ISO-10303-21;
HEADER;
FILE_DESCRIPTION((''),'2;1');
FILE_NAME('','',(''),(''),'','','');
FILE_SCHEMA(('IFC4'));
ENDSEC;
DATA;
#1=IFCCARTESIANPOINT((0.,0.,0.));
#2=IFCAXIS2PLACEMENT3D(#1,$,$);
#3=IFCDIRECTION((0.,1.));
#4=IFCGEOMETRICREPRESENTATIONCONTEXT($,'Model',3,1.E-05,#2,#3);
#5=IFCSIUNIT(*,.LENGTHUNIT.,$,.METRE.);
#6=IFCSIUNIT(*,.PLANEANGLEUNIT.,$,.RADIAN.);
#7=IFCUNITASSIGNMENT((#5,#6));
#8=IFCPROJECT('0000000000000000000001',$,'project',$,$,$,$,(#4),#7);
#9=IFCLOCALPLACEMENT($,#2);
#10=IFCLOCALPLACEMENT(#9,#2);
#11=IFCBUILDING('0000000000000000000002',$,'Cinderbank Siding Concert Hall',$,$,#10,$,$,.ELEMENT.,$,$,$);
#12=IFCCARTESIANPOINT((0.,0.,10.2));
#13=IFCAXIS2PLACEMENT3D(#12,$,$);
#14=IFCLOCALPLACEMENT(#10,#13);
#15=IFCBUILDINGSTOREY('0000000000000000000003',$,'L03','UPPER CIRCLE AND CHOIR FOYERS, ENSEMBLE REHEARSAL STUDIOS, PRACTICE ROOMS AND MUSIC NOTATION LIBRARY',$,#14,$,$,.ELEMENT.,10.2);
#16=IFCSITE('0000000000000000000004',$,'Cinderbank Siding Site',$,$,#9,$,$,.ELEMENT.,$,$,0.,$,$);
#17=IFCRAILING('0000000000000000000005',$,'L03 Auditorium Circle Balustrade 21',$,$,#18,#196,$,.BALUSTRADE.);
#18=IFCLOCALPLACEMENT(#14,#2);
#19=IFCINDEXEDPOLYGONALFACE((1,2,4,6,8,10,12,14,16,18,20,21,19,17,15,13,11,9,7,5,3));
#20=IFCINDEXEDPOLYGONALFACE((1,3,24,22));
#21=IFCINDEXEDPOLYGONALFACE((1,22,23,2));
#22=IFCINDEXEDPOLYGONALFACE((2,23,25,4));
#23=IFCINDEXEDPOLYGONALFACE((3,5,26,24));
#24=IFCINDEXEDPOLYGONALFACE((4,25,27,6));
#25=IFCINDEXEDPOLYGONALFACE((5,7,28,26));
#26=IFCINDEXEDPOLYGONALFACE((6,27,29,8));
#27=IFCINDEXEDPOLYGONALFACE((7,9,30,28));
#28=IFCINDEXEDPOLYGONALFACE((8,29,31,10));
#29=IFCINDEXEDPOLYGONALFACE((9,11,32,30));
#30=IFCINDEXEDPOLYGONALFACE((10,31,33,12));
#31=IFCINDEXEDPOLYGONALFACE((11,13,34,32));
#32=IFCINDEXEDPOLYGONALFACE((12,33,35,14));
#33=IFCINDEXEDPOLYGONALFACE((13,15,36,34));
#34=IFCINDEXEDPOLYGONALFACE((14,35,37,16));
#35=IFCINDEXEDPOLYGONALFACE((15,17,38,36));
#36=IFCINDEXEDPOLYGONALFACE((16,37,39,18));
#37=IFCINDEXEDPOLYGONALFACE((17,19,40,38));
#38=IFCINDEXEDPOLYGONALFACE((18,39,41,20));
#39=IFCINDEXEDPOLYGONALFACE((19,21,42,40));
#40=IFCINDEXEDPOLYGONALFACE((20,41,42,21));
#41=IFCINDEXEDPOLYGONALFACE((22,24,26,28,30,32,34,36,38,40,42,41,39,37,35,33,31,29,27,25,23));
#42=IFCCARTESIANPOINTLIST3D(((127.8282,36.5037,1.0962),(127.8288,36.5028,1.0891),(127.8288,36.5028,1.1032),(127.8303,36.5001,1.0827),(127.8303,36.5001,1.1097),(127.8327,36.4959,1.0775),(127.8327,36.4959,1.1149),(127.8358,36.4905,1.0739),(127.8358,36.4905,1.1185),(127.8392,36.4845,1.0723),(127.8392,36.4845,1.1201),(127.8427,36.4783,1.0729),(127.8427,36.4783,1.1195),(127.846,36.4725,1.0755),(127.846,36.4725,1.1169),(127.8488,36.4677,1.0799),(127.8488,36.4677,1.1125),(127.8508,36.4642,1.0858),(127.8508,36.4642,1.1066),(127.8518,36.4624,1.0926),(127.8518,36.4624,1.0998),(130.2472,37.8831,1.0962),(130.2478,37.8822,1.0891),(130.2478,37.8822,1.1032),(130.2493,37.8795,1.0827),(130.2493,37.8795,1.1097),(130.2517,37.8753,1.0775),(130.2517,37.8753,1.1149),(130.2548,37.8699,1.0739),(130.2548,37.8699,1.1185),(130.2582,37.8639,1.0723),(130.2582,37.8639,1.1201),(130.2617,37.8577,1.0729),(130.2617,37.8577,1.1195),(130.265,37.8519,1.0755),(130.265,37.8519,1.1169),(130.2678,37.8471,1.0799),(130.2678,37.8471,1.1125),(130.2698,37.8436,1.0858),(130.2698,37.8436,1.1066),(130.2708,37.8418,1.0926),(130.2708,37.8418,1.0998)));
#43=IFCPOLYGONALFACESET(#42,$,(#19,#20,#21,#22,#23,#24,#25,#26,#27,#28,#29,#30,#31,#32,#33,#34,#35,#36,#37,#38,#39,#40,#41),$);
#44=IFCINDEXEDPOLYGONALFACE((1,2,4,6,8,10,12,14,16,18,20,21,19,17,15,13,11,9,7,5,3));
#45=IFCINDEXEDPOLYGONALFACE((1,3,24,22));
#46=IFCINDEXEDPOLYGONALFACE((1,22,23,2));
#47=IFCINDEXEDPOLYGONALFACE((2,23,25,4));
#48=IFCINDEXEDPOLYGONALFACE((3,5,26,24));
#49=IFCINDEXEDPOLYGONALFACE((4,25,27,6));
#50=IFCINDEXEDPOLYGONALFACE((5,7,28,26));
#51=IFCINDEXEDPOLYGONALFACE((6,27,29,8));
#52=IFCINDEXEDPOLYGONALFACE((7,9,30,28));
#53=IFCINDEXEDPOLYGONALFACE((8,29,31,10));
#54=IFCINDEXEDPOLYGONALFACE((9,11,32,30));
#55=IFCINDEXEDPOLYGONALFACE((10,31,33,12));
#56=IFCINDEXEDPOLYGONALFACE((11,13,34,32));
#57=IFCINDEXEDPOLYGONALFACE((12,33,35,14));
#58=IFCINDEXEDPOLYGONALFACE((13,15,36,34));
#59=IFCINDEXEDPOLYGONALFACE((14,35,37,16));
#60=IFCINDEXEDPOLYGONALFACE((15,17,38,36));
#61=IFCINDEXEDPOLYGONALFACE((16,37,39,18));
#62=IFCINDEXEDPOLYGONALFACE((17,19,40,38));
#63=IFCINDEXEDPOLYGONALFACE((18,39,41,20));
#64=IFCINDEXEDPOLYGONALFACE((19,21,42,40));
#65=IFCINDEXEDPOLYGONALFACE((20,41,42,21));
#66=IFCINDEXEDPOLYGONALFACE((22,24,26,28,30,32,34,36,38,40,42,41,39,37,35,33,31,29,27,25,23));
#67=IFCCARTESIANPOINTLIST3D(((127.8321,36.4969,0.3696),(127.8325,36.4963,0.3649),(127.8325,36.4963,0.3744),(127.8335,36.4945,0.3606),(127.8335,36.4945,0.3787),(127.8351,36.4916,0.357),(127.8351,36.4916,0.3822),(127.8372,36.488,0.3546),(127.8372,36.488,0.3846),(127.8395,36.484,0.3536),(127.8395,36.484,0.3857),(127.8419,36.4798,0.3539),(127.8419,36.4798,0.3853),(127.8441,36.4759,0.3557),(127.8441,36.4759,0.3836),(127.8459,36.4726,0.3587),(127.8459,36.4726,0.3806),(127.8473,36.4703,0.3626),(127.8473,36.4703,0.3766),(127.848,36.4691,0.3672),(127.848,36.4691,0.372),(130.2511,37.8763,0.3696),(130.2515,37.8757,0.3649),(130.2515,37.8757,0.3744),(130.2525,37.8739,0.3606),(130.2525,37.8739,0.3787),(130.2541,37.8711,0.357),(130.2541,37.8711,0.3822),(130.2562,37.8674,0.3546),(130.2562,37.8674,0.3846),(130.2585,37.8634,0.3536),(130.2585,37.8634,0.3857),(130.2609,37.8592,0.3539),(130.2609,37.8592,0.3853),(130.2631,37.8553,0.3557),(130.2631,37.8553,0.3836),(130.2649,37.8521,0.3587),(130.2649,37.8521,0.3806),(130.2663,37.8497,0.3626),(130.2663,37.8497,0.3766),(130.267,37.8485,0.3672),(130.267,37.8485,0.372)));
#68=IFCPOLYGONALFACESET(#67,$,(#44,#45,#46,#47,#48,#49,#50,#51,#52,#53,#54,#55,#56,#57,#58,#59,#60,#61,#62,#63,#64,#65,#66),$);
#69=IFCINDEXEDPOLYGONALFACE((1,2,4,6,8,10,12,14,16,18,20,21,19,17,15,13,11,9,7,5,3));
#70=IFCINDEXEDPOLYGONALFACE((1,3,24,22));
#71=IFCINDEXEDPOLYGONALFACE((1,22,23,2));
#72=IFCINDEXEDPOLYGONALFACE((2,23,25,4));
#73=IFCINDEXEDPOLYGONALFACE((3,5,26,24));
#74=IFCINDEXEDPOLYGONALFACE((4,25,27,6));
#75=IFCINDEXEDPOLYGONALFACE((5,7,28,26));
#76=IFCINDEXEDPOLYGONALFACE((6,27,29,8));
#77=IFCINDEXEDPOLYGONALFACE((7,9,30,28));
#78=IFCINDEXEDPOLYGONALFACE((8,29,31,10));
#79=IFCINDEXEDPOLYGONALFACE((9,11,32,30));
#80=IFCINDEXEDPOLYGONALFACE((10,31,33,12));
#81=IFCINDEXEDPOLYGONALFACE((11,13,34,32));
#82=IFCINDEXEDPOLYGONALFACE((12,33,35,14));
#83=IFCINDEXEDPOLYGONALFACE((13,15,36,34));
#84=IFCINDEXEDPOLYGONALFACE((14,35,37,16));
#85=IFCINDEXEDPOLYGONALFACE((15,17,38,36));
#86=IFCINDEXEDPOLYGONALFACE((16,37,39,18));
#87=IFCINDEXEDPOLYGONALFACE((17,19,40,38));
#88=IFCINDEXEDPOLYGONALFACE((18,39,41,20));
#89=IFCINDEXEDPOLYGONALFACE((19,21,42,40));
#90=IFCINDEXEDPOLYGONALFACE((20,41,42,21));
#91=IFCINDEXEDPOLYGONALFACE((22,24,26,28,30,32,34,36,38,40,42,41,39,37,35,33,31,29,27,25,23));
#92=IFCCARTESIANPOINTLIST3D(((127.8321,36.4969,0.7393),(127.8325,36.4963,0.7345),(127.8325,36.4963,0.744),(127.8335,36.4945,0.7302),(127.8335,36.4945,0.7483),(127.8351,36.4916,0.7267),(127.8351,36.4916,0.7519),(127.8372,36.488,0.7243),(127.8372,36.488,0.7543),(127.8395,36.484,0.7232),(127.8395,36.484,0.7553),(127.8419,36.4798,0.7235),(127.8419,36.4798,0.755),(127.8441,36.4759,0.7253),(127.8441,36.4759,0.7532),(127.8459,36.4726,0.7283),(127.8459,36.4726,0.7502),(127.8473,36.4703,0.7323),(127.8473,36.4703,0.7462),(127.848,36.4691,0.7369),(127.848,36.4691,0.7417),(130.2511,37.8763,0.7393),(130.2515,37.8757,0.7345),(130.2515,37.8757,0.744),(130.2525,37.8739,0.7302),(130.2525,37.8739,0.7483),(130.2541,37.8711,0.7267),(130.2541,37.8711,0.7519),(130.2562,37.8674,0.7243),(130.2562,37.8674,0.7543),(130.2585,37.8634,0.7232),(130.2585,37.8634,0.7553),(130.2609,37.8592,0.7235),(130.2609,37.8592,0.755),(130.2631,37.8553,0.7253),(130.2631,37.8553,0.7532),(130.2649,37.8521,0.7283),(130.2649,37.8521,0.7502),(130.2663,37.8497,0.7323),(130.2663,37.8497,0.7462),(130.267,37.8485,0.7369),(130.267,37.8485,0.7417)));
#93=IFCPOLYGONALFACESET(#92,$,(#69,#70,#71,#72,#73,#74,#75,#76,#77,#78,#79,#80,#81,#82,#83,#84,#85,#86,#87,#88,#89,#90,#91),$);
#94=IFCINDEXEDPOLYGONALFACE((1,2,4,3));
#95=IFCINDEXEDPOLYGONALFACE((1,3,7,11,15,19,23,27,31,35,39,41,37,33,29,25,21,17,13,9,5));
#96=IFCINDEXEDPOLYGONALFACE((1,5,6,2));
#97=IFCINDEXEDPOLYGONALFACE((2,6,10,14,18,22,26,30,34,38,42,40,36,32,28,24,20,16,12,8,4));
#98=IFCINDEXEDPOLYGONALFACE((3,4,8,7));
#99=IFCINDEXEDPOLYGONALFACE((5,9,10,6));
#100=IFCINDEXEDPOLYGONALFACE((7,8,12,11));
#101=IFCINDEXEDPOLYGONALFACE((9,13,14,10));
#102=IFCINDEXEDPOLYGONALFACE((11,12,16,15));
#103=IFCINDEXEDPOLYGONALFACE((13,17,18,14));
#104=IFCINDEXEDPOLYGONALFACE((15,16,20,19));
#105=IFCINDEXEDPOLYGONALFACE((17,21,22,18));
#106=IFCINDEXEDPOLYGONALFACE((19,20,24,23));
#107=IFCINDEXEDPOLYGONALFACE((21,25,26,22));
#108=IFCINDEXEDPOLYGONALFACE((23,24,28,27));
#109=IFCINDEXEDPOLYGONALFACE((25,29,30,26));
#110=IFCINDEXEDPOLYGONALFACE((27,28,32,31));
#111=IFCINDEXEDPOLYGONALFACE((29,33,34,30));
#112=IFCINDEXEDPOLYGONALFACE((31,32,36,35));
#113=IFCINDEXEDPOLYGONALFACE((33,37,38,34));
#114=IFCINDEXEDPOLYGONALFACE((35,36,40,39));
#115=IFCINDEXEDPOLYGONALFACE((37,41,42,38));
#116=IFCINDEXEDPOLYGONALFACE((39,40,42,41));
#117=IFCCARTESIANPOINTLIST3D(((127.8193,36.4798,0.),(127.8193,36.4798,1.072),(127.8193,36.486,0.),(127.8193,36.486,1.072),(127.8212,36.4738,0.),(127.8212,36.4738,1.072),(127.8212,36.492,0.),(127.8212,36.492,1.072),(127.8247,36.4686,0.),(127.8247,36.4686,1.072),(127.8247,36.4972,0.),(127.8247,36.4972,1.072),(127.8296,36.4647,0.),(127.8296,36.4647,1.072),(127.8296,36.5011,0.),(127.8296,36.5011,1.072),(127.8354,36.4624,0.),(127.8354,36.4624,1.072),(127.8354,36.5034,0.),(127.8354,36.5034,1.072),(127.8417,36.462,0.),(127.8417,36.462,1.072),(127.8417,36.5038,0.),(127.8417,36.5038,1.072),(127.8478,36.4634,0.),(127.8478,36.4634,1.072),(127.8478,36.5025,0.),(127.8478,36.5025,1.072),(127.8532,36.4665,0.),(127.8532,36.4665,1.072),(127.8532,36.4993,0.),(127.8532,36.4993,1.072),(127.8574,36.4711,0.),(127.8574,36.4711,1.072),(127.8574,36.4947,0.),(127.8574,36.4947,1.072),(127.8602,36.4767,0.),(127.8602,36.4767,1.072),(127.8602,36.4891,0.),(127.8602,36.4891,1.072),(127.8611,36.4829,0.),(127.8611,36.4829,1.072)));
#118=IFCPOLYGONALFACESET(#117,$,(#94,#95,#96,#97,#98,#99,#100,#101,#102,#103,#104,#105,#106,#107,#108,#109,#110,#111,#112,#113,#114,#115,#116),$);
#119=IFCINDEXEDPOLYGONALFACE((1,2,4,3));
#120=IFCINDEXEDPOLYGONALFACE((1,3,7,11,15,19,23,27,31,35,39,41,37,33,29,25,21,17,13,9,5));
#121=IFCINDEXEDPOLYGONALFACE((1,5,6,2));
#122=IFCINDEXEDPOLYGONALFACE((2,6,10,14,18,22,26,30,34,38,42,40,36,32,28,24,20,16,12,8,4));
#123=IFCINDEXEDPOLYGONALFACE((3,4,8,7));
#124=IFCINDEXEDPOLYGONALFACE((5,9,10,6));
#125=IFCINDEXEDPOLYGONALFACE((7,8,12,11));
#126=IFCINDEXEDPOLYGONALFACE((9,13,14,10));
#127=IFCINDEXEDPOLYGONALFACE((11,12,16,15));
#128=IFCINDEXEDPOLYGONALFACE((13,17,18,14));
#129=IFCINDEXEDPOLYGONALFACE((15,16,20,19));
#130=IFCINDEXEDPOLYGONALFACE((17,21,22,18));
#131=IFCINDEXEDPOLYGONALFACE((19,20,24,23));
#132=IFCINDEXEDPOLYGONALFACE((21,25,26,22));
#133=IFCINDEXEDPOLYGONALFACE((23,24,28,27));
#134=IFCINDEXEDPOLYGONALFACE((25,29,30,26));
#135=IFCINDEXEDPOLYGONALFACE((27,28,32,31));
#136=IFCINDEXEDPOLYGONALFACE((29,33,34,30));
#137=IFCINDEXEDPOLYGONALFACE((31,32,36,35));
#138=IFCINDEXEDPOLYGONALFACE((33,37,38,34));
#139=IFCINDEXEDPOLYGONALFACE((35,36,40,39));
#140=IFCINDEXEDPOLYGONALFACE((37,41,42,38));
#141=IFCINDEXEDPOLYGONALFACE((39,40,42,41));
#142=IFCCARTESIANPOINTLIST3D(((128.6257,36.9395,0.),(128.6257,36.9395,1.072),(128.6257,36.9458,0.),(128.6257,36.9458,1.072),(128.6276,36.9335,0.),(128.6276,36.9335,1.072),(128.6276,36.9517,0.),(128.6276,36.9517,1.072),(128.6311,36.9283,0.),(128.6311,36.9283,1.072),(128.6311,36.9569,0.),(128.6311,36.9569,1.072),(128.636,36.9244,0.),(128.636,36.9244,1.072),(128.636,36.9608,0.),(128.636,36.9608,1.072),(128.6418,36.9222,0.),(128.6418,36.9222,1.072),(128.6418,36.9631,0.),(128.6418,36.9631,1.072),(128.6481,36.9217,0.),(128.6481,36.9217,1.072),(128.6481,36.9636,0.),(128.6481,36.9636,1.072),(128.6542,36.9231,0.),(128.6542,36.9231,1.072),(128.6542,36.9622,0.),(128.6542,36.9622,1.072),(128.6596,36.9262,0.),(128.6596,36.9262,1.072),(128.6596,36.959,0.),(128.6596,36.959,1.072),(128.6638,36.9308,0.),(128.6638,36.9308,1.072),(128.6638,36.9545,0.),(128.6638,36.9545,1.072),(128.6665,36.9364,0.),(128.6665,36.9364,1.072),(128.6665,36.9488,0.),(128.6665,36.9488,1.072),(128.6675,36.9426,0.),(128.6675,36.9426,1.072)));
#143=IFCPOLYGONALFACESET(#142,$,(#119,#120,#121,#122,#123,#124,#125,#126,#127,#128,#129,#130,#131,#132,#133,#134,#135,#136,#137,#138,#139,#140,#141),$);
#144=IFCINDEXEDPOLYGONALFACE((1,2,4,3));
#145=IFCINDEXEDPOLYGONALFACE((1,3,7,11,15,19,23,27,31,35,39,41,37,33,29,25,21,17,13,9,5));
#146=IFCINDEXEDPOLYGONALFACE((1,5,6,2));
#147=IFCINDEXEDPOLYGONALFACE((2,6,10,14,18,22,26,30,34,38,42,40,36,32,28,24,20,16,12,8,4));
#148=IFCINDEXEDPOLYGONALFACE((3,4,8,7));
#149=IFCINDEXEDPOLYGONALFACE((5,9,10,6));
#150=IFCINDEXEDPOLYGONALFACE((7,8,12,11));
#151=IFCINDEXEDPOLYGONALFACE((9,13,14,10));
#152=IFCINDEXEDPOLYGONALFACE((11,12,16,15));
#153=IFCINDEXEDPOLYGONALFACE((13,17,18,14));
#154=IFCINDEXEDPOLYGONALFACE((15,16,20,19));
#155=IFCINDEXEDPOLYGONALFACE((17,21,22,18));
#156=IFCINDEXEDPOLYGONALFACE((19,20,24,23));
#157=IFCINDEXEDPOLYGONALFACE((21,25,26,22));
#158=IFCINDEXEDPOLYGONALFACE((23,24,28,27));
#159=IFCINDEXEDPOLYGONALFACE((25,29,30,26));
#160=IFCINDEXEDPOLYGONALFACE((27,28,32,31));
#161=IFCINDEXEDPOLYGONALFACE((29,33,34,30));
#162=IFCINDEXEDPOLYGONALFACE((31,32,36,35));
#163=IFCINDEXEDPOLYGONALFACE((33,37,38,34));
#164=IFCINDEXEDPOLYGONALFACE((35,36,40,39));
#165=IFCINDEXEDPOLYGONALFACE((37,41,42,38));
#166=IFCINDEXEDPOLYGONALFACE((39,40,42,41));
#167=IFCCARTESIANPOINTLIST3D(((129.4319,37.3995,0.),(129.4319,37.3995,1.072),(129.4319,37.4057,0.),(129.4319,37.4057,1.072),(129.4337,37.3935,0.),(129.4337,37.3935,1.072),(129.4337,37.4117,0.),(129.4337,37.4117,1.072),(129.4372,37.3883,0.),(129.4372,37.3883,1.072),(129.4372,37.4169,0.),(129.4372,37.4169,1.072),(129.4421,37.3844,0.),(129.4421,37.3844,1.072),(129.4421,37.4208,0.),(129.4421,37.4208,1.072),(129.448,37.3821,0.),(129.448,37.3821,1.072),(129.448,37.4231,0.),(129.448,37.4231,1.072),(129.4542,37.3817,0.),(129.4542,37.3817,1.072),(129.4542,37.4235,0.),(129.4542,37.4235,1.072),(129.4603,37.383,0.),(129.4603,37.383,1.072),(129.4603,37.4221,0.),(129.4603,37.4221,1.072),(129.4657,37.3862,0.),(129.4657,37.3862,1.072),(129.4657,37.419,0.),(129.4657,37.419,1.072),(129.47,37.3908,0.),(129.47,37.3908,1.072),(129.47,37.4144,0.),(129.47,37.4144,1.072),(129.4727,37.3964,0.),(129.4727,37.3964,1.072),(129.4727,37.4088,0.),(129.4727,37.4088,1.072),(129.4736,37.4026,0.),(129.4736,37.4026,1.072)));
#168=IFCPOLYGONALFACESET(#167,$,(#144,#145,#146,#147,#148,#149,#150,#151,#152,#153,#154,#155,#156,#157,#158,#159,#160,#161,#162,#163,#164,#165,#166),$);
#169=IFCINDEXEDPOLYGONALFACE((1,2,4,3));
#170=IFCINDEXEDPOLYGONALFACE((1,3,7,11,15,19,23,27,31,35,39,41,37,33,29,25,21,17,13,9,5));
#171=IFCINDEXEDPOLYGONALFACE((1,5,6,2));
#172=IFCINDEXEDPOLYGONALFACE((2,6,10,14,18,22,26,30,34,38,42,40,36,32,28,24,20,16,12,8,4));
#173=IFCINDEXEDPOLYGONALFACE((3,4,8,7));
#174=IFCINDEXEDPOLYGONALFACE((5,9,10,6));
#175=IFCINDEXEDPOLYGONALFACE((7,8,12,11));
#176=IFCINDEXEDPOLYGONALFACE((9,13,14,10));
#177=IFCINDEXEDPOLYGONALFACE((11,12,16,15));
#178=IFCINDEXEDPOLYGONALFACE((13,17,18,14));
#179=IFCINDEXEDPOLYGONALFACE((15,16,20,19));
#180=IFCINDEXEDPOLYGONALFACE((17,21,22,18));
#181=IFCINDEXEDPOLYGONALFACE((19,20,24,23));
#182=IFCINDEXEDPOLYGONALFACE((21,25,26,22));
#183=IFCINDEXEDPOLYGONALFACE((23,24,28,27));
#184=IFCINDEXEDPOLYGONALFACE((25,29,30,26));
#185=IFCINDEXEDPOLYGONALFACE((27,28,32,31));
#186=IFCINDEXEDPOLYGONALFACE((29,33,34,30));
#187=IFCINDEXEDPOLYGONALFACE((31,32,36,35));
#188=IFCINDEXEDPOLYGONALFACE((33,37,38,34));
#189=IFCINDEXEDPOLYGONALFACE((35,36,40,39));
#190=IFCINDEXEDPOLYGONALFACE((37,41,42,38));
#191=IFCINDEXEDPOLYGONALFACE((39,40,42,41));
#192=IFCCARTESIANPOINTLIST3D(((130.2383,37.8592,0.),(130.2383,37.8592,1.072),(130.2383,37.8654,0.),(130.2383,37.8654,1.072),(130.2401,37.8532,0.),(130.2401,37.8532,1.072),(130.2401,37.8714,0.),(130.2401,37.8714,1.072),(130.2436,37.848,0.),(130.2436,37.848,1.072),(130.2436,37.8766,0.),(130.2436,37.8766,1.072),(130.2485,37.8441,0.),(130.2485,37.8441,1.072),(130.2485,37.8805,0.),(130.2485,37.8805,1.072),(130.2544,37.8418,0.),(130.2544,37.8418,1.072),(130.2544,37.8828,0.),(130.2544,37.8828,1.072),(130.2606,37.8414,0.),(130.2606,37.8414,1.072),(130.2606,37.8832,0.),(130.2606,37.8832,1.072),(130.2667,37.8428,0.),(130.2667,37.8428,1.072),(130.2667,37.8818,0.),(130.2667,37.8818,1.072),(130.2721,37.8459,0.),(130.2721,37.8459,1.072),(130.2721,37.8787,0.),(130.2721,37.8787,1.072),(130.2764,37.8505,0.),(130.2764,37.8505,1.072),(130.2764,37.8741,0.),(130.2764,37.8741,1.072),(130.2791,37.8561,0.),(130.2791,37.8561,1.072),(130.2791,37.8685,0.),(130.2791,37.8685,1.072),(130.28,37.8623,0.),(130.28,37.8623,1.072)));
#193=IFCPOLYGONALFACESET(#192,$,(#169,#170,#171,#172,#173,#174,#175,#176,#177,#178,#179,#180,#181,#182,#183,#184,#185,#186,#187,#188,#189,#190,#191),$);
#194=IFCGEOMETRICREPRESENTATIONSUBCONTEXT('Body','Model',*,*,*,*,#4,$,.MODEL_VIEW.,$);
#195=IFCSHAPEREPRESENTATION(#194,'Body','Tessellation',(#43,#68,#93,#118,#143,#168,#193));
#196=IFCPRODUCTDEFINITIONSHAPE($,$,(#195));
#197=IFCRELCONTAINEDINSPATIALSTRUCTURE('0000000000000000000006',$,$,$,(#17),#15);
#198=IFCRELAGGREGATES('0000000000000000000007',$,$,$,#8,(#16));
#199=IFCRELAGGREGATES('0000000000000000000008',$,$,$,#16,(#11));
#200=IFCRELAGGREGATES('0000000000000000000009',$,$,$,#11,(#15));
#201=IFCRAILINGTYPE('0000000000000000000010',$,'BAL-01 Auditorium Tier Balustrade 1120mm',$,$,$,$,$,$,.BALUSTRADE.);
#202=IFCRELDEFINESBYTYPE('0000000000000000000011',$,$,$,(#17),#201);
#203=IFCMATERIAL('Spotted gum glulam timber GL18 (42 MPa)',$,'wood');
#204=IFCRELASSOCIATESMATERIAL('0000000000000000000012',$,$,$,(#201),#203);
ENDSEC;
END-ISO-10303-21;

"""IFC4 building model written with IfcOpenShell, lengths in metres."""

from ifc_helpers import new_model, si_unit, direction, frame, origin, origin_2d, place, context, subcontext, project, spatial, circle, extrude, material, type_object, element, save


model = new_model("IFC4")

# Units and contexts
model_context = context("Model", 3, precision=1e-05, world=origin(), true_north=direction((0.0, 1.0)))
body_context = subcontext(model_context, "Body", "Model", "MODEL_VIEW")
ifc_project = project(units=[si_unit("LENGTHUNIT", "METRE"), si_unit("PLANEANGLEUNIT", "RADIAN")], contexts=[model_context])

# Site, building, storey
site_placement = place(None, origin())
site = spatial("IfcSite", under=ifc_project, at=site_placement, Name="Cinderbank Siding Site", CompositionType="ELEMENT", RefElevation=0.0)
building_placement = place(site_placement, origin())
building = spatial("IfcBuilding", under=site, at=building_placement, Name="Cinderbank Siding Concert Hall", CompositionType="ELEMENT")
storey_placement = place(building_placement, frame((0.0, 0.0, 10.2)))
storey = spatial("IfcBuildingStorey", under=building, at=storey_placement, Name="L03", Description="UPPER CIRCLE AND CHOIR FOYERS, ENSEMBLE REHEARSAL STUDIOS, PRACTICE ROOMS AND MUSIC NOTATION LIBRARY", CompositionType="ELEMENT", Elevation=10.2)

# Shared definitions
ifc_material_1 = material(Name="Spotted gum glulam timber GL18 (42 MPa)", Category="wood")

# Railing
railing_type = type_object("IfcRailingType", Name="BAL-01 Auditorium Tier Balustrade 1120mm", PredefinedType="BALUSTRADE", material=ifc_material_1)
railing_1_placement = place(storey_placement, frame((127.8401, 36.4829, 0.0)))
element("IfcRailing", 1, at=railing_1_placement, inside=storey, type_object=railing_type, Name="L03 Auditorium Circle Balustrade 21", PredefinedType="BALUSTRADE", context=body_context, shape_type="SweptSolid", body=[
    extrude(circle(Radius=0.0239, at=origin_2d()), frame((0.0, 0.0, 1.0962), z_axis=(0.868685, 0.495365, 0.0), x_axis=(-0.495365, 0.868685, 0.0)), (0.0, 0.0, 1.0), 2.7847),
    extrude(circle(Radius=0.0161, at=origin_2d()), frame((0.0, 0.0, 0.3696), z_axis=(0.868685, 0.495365, 0.0), x_axis=(-0.495365, 0.868685, 0.0)), (0.0, 0.0, 1.0), 2.7847),
    extrude(circle(Radius=0.0161, at=origin_2d()), frame((0.0, 0.0, 0.7393), z_axis=(0.868685, 0.495365, 0.0), x_axis=(-0.495365, 0.868685, 0.0)), (0.0, 0.0, 1.0), 2.7847),
    extrude(circle(Radius=0.021, at=origin_2d()), origin(), (0.0, 0.0, 1.0), 1.072),
    extrude(circle(Radius=0.021, at=origin_2d()), frame((0.8064, 0.4597, 0.0)), (0.0, 0.0, 1.0), 1.072),
    extrude(circle(Radius=0.021, at=origin_2d()), frame((1.6125, 0.9197, 0.0)), (0.0, 0.0, 1.0), 1.072),
    extrude(circle(Radius=0.021, at=origin_2d()), frame((2.4189, 1.3794, 0.0)), (0.0, 0.0, 1.0), 1.072),
])

save(model, "model.ifc")
